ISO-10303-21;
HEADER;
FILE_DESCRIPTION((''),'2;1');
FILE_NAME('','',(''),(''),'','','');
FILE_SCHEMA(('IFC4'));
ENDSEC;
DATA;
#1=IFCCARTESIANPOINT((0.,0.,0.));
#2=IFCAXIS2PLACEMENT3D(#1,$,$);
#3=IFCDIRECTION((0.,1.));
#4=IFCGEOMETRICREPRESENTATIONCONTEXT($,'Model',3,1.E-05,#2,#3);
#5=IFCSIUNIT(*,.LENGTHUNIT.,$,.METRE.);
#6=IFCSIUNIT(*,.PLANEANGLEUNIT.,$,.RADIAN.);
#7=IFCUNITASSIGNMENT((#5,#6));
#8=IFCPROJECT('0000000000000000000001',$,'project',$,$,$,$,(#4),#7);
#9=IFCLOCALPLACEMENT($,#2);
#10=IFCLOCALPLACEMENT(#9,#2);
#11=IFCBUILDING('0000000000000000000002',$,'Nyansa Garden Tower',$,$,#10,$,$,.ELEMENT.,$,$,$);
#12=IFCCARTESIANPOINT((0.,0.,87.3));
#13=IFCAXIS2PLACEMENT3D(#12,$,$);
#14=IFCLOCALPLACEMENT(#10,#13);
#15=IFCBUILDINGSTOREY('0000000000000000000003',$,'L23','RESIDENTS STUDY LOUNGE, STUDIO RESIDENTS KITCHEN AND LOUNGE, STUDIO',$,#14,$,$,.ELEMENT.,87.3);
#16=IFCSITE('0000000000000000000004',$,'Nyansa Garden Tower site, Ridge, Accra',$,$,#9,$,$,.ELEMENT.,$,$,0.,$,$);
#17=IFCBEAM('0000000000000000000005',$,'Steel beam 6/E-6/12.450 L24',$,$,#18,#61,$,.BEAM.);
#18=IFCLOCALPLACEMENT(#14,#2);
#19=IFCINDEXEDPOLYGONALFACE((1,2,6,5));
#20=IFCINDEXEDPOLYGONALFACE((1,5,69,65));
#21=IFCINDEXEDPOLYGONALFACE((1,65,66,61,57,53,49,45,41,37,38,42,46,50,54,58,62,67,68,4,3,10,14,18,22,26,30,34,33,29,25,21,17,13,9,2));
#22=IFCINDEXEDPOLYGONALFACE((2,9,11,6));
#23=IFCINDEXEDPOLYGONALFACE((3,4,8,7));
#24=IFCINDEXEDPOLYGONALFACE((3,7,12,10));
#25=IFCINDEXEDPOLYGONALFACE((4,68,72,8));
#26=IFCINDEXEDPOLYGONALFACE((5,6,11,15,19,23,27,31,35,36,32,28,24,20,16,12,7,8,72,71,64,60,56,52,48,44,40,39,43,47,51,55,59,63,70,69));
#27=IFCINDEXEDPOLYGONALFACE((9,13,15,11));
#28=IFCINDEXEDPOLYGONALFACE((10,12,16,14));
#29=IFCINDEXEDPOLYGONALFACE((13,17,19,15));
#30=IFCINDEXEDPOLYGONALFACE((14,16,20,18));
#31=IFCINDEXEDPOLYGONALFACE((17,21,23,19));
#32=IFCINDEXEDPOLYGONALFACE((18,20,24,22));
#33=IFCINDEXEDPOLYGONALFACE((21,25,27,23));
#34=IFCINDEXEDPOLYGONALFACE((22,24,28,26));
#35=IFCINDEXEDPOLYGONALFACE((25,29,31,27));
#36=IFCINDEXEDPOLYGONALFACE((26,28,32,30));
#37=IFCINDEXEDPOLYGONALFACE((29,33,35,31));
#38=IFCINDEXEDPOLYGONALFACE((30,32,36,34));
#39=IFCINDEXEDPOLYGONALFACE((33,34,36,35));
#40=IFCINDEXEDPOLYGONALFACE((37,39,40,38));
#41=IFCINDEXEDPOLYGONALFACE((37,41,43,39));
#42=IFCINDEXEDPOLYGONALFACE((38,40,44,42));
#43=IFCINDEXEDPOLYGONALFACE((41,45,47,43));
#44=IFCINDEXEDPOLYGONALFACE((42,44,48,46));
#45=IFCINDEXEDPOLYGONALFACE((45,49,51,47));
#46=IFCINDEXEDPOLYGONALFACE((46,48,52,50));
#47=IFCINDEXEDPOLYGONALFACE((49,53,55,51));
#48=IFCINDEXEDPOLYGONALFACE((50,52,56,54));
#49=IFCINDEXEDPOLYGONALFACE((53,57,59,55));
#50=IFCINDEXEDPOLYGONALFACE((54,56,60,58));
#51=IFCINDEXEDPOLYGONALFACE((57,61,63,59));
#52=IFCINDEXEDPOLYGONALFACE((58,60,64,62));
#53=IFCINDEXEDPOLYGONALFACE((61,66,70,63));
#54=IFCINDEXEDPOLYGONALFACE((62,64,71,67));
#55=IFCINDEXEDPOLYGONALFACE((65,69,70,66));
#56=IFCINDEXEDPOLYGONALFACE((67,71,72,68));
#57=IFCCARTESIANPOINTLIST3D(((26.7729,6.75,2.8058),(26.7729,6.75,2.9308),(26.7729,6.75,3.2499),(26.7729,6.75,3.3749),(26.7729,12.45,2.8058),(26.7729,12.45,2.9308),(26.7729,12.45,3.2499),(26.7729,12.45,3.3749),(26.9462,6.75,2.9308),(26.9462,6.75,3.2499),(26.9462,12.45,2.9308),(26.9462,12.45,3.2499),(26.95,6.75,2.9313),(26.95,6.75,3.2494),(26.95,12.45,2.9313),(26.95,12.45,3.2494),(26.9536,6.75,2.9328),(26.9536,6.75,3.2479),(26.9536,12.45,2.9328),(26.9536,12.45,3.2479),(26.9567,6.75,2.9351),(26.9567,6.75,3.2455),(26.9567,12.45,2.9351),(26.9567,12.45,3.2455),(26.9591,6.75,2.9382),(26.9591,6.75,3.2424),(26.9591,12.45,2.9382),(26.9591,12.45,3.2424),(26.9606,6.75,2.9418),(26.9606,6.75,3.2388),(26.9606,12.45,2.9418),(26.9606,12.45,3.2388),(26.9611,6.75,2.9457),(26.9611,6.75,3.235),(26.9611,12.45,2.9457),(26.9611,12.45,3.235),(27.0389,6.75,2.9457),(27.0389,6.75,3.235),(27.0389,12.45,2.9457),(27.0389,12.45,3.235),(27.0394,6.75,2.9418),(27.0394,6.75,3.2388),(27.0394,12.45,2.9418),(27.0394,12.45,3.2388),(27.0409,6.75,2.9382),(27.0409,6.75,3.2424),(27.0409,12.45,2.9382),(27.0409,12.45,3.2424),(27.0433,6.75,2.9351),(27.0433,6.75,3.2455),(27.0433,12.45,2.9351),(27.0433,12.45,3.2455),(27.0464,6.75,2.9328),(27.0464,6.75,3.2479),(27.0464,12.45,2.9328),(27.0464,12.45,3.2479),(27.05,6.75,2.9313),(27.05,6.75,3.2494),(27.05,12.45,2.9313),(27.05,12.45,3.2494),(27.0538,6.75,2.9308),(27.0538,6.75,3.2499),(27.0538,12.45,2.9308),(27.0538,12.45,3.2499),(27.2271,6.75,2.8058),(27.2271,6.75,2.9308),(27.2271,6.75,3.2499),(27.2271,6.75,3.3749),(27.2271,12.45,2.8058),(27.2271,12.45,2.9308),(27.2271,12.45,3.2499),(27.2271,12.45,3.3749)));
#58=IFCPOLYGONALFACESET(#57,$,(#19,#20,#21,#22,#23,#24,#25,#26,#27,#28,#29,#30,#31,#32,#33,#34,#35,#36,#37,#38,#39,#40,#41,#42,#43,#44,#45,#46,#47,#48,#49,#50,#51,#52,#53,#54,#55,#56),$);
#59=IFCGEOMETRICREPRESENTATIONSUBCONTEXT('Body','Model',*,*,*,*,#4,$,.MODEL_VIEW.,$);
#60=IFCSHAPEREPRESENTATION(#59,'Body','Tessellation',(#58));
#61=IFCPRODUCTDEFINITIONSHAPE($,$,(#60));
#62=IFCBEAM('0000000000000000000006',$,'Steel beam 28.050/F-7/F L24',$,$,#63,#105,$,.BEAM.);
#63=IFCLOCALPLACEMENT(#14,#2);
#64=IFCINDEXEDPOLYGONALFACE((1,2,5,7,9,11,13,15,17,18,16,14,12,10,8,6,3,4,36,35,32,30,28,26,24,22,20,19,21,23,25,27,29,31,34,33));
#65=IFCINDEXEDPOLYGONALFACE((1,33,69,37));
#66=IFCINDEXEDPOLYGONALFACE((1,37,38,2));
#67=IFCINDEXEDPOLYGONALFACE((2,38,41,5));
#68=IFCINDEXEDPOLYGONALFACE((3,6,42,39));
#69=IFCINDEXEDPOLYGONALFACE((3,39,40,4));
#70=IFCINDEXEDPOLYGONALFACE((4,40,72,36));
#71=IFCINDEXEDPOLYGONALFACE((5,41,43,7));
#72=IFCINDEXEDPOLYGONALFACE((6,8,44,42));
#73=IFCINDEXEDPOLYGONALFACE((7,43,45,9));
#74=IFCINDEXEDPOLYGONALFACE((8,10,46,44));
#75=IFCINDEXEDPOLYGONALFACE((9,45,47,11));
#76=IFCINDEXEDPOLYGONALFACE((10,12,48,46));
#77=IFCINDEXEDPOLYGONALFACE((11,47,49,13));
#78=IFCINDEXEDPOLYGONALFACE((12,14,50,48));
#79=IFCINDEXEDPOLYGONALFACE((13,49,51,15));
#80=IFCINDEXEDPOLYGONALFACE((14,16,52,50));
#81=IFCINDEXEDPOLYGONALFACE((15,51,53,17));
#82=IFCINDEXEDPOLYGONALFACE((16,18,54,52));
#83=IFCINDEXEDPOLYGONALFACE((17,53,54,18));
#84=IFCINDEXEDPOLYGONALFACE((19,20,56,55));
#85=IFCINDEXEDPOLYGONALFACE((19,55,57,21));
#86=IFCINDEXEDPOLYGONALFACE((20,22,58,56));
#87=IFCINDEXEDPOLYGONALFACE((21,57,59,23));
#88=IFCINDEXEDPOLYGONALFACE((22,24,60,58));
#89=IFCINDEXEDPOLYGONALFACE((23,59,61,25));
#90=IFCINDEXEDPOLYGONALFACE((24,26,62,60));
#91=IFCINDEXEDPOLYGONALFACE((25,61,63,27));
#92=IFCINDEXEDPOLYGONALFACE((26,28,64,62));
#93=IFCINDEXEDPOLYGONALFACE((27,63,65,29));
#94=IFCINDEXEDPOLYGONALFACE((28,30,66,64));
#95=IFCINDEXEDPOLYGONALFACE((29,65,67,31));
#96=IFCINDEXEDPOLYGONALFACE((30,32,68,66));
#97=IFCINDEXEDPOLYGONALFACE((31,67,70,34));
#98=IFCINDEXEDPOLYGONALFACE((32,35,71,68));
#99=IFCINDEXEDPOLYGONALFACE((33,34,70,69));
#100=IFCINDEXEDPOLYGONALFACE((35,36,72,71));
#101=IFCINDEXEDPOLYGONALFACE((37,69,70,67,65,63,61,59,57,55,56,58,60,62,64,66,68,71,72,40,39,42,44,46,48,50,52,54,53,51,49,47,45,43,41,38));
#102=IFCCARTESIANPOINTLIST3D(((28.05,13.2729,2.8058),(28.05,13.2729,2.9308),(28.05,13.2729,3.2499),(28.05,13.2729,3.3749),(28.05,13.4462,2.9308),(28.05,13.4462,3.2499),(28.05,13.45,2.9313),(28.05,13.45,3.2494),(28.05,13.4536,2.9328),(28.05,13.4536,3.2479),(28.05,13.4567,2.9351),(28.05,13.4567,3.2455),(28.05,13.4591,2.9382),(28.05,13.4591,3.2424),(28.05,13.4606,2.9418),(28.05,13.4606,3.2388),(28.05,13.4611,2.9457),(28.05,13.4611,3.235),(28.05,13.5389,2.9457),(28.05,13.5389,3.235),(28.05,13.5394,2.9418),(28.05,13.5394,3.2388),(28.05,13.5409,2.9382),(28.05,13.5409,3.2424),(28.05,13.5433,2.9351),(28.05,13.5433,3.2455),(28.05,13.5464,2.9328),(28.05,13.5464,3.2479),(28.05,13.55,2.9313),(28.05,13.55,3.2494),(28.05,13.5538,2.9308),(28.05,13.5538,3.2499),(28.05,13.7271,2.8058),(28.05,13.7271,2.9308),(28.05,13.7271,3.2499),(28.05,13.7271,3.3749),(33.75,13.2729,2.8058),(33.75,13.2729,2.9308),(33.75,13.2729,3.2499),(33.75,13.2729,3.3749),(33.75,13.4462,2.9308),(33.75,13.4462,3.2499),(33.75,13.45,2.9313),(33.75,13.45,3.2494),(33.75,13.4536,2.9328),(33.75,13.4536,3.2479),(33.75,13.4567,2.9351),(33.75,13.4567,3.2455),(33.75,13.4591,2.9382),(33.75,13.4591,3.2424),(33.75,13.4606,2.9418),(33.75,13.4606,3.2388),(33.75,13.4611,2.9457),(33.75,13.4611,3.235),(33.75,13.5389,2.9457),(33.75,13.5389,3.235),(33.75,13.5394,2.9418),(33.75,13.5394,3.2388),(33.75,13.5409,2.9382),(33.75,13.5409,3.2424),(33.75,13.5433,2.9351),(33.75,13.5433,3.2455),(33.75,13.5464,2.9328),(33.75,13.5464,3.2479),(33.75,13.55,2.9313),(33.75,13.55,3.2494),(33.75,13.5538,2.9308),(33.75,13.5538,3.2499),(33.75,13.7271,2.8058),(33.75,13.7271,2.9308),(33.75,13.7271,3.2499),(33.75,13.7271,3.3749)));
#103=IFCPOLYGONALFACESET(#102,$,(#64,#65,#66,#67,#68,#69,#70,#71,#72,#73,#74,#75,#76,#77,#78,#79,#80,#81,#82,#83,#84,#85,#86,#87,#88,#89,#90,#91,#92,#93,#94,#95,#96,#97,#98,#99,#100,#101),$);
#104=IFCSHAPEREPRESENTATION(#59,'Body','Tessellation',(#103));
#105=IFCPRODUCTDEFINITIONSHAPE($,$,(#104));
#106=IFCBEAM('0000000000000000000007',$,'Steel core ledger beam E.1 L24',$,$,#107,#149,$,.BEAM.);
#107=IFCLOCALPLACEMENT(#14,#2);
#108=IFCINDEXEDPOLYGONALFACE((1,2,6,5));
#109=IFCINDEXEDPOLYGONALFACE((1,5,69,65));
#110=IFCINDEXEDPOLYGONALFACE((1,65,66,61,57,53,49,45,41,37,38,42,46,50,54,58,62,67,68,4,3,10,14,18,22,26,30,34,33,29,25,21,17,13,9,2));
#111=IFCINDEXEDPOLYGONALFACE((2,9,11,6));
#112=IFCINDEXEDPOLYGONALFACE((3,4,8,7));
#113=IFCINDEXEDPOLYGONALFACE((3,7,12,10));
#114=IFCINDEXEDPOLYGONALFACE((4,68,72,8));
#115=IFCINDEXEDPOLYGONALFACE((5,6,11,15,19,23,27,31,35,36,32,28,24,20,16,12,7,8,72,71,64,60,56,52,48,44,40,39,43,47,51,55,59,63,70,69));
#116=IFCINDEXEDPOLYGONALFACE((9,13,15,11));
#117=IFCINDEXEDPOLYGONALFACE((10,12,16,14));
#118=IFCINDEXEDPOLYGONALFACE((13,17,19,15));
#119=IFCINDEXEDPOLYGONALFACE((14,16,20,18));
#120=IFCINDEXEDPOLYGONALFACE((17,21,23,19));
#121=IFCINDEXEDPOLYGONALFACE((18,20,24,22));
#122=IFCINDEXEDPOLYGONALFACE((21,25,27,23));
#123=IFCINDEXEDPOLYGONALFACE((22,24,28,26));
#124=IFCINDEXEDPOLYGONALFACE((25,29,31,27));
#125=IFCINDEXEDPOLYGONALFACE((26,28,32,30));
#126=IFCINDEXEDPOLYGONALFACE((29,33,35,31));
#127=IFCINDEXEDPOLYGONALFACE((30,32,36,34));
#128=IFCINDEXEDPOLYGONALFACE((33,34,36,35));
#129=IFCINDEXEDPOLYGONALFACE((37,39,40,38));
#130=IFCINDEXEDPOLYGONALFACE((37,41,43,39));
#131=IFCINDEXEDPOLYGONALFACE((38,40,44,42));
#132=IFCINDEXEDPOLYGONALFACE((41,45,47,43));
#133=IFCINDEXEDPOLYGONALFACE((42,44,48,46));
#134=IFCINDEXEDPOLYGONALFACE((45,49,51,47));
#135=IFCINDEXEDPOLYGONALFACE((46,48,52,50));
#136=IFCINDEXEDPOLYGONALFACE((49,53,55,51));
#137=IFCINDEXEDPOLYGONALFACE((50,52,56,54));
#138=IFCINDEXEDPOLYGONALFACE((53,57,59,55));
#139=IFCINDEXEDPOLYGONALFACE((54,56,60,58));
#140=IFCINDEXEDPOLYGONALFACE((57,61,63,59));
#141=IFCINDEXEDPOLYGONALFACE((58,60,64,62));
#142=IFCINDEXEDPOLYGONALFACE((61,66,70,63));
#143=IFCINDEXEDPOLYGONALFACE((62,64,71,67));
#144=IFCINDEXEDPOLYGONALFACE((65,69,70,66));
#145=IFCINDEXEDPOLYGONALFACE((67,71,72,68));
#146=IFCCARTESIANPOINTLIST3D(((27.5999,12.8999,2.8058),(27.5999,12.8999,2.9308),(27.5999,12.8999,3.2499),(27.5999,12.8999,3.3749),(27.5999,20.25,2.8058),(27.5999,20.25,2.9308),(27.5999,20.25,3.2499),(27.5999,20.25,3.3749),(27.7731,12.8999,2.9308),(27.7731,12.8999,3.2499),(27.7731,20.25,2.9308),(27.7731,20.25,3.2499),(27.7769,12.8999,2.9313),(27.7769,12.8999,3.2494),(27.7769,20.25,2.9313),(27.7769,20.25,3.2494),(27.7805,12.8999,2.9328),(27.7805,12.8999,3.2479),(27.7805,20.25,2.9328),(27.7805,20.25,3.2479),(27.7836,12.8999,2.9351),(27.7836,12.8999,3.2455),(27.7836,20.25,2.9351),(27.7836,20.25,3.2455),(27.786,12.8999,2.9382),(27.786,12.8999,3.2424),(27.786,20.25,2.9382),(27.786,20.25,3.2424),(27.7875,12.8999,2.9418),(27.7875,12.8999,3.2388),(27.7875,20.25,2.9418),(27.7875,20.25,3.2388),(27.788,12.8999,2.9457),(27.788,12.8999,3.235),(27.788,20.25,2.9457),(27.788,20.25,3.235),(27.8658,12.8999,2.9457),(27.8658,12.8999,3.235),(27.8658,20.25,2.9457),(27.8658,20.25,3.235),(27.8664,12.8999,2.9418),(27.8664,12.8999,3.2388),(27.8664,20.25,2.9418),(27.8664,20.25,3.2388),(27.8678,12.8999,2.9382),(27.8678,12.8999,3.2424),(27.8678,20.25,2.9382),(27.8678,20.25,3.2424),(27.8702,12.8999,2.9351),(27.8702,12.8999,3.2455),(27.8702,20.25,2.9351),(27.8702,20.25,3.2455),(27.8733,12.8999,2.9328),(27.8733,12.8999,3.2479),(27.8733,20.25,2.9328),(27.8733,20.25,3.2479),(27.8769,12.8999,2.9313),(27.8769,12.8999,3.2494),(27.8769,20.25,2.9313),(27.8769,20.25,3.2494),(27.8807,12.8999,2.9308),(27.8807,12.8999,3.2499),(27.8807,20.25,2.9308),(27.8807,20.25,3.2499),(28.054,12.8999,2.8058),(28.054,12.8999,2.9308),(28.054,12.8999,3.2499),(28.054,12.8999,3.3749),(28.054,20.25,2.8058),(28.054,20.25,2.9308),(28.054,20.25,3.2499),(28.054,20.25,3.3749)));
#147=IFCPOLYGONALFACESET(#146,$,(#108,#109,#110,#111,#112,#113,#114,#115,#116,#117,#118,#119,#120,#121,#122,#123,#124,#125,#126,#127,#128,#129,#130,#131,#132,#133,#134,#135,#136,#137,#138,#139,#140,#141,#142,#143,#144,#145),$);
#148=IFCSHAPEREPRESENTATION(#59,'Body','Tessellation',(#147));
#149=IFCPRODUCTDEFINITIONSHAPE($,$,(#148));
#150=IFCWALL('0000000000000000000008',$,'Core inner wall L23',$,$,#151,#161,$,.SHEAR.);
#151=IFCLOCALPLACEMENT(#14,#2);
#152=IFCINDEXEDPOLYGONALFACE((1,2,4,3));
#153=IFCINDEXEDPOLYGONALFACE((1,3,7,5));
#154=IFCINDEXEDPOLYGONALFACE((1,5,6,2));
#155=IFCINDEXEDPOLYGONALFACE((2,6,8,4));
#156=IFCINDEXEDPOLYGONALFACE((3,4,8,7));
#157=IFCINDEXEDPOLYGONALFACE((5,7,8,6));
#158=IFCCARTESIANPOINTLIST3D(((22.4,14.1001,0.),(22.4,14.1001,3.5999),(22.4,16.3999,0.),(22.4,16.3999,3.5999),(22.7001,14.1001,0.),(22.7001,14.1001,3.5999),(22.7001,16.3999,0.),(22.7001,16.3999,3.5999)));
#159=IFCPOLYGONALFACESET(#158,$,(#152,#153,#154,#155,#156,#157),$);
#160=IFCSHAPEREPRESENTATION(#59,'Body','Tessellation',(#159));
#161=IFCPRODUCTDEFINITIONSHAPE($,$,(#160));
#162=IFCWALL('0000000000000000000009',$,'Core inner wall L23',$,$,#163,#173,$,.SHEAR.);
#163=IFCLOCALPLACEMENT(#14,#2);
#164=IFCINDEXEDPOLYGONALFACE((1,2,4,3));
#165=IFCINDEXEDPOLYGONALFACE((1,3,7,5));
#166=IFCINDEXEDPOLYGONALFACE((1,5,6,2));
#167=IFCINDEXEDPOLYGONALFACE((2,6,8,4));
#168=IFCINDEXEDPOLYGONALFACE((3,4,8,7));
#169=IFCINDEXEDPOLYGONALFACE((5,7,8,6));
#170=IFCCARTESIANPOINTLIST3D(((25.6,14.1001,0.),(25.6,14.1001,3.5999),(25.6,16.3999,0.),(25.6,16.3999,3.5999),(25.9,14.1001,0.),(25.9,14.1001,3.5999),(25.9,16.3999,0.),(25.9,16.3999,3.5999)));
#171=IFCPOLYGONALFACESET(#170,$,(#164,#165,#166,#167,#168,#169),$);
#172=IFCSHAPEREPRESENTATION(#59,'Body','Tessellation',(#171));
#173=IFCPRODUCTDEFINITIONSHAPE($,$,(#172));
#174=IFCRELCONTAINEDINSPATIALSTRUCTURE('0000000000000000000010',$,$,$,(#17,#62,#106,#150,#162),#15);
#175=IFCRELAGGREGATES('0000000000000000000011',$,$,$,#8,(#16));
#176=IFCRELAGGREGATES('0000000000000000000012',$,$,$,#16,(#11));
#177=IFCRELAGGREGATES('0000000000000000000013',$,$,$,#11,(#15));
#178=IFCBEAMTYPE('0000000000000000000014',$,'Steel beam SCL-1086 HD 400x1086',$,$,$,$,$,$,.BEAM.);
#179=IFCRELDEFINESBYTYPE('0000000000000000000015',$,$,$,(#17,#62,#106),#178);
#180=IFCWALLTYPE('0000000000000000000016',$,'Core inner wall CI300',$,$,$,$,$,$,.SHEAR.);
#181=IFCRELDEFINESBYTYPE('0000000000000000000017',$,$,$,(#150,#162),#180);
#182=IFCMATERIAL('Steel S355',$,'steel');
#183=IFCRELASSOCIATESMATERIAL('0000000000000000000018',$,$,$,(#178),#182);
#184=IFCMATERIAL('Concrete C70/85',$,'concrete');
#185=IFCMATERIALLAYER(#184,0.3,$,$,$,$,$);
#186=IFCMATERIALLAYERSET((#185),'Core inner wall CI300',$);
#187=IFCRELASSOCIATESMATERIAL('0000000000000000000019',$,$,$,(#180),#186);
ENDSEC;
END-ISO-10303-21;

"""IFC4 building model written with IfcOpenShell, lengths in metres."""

from ifc_helpers import new_model, si_unit, direction, frame, frame_2d, origin, origin_2d, place, context, subcontext, project, spatial, rectangle, i_section, extrude, material, layer, layer_set, material_profile, profile_set, type_object, element, save


model = new_model("IFC4")

# Units and contexts
model_context = context("Model", 3, precision=1e-05, world=origin(), true_north=direction((0.0, 1.0)))
body_context = subcontext(model_context, "Body", "Model", "MODEL_VIEW")
ifc_project = project(units=[si_unit("LENGTHUNIT", "METRE"), si_unit("PLANEANGLEUNIT", "RADIAN")], contexts=[model_context])

# Site, building, storey
site_placement = place(None, origin())
site = spatial("IfcSite", under=ifc_project, at=site_placement, Name="Nyansa Garden Tower site, Ridge, Accra", CompositionType="ELEMENT", RefElevation=0.0)
building_placement = place(site_placement, origin())
building = spatial("IfcBuilding", under=site, at=building_placement, Name="Nyansa Garden Tower", CompositionType="ELEMENT")
storey_placement = place(building_placement, frame((0.0, 0.0, 87.3)))
storey = spatial("IfcBuildingStorey", under=building, at=storey_placement, Name="L23", Description="RESIDENTS STUDY LOUNGE, STUDIO RESIDENTS KITCHEN AND LOUNGE, STUDIO", CompositionType="ELEMENT", Elevation=87.3)

# Beams
ifc_material_1 = material(Name="Steel S355", Category="steel")
ifc_material_profile_1 = material_profile(ifc_material_1, i_section(OverallWidth=0.4541, OverallDepth=0.5691, WebThickness=0.0779, FlangeThickness=0.125, FilletRadius=0.0149, at=origin_2d()), Name="HD 400x1086")
ifc_profile_set_1 = profile_set([ifc_material_profile_1], Name="Steel S355")
beam_type_1 = type_object("IfcBeamType", Name="Steel beam SCL-1086 HD 400x1086", PredefinedType="BEAM", material=ifc_profile_set_1)
for number, where, z_axis, x_axis, name in (
    (1, (27.0, 6.75, 3.0903), (0.0, 1.0, 0.0), (-1.0, 0.0, 0.0), "Steel beam 6/E-6/12.450 L24"),
    (2, (28.05, 13.5, 3.0903), (1.0, 0.0, 0.0), (0.0, 1.0, 0.0), "Steel beam 28.050/F-7/F L24"),
):
    element("IfcBeam", number, at=place(storey_placement, frame(where, z_axis=z_axis, x_axis=x_axis)), inside=storey, type_object=beam_type_1, Name=name, PredefinedType="BEAM", context=body_context, shape_type="SweptSolid", body=[
        extrude(i_section(OverallWidth=0.4541, OverallDepth=0.5691, WebThickness=0.0779, FlangeThickness=0.125, FilletRadius=0.0149, at=origin_2d()), origin(), (0.0, 0.0, 1.0), 5.7),
    ])
beam_1_placement = place(storey_placement, frame((27.8269, 12.8999, 3.0903), z_axis=(0.0, 1.0, 0.0), x_axis=(-1.0, 0.0, 0.0)))
element("IfcBeam", 3, at=beam_1_placement, inside=storey, type_object=beam_type_1, Name="Steel core ledger beam E.1 L24", PredefinedType="BEAM", context=body_context, shape_type="SweptSolid", body=[
    extrude(i_section(OverallWidth=0.4541, OverallDepth=0.5691, WebThickness=0.0779, FlangeThickness=0.125, FilletRadius=0.0149, at=origin_2d()), origin(), (0.0, 0.0, 1.0), 7.3501),
])

# Walls
ifc_material_2 = material(Name="Concrete C70/85", Category="concrete")
ifc_layer_1 = layer(ifc_material_2, 0.3)
ifc_layer_set_1 = layer_set([ifc_layer_1], Name="Core inner wall CI300")
wall_type_1 = type_object("IfcWallType", Name="Core inner wall CI300", PredefinedType="SHEAR", material=ifc_layer_set_1)
for number, where, z_axis, x_axis, name in (
    (4, (22.55, 14.1001, 0.0), (0.0, 0.0, 1.0), (0.0, 1.0, 0.0), "Core inner wall L23"),
    (5, (25.75, 14.1001, 0.0), (0.0, 0.0, 1.0), (0.0, 1.0, 0.0), "Core inner wall L23"),
):
    element("IfcWall", number, at=place(storey_placement, frame(where, z_axis=z_axis, x_axis=x_axis)), inside=storey, type_object=wall_type_1, Name=name, PredefinedType="SHEAR", context=body_context, shape_type="SweptSolid", body=[
        extrude(rectangle(XDim=2.2998, YDim=0.3, at=frame_2d((1.1499, 0.0))), origin(), (0.0, 0.0, 1.0), 3.5999),
    ])

save(model, "model.ifc")
